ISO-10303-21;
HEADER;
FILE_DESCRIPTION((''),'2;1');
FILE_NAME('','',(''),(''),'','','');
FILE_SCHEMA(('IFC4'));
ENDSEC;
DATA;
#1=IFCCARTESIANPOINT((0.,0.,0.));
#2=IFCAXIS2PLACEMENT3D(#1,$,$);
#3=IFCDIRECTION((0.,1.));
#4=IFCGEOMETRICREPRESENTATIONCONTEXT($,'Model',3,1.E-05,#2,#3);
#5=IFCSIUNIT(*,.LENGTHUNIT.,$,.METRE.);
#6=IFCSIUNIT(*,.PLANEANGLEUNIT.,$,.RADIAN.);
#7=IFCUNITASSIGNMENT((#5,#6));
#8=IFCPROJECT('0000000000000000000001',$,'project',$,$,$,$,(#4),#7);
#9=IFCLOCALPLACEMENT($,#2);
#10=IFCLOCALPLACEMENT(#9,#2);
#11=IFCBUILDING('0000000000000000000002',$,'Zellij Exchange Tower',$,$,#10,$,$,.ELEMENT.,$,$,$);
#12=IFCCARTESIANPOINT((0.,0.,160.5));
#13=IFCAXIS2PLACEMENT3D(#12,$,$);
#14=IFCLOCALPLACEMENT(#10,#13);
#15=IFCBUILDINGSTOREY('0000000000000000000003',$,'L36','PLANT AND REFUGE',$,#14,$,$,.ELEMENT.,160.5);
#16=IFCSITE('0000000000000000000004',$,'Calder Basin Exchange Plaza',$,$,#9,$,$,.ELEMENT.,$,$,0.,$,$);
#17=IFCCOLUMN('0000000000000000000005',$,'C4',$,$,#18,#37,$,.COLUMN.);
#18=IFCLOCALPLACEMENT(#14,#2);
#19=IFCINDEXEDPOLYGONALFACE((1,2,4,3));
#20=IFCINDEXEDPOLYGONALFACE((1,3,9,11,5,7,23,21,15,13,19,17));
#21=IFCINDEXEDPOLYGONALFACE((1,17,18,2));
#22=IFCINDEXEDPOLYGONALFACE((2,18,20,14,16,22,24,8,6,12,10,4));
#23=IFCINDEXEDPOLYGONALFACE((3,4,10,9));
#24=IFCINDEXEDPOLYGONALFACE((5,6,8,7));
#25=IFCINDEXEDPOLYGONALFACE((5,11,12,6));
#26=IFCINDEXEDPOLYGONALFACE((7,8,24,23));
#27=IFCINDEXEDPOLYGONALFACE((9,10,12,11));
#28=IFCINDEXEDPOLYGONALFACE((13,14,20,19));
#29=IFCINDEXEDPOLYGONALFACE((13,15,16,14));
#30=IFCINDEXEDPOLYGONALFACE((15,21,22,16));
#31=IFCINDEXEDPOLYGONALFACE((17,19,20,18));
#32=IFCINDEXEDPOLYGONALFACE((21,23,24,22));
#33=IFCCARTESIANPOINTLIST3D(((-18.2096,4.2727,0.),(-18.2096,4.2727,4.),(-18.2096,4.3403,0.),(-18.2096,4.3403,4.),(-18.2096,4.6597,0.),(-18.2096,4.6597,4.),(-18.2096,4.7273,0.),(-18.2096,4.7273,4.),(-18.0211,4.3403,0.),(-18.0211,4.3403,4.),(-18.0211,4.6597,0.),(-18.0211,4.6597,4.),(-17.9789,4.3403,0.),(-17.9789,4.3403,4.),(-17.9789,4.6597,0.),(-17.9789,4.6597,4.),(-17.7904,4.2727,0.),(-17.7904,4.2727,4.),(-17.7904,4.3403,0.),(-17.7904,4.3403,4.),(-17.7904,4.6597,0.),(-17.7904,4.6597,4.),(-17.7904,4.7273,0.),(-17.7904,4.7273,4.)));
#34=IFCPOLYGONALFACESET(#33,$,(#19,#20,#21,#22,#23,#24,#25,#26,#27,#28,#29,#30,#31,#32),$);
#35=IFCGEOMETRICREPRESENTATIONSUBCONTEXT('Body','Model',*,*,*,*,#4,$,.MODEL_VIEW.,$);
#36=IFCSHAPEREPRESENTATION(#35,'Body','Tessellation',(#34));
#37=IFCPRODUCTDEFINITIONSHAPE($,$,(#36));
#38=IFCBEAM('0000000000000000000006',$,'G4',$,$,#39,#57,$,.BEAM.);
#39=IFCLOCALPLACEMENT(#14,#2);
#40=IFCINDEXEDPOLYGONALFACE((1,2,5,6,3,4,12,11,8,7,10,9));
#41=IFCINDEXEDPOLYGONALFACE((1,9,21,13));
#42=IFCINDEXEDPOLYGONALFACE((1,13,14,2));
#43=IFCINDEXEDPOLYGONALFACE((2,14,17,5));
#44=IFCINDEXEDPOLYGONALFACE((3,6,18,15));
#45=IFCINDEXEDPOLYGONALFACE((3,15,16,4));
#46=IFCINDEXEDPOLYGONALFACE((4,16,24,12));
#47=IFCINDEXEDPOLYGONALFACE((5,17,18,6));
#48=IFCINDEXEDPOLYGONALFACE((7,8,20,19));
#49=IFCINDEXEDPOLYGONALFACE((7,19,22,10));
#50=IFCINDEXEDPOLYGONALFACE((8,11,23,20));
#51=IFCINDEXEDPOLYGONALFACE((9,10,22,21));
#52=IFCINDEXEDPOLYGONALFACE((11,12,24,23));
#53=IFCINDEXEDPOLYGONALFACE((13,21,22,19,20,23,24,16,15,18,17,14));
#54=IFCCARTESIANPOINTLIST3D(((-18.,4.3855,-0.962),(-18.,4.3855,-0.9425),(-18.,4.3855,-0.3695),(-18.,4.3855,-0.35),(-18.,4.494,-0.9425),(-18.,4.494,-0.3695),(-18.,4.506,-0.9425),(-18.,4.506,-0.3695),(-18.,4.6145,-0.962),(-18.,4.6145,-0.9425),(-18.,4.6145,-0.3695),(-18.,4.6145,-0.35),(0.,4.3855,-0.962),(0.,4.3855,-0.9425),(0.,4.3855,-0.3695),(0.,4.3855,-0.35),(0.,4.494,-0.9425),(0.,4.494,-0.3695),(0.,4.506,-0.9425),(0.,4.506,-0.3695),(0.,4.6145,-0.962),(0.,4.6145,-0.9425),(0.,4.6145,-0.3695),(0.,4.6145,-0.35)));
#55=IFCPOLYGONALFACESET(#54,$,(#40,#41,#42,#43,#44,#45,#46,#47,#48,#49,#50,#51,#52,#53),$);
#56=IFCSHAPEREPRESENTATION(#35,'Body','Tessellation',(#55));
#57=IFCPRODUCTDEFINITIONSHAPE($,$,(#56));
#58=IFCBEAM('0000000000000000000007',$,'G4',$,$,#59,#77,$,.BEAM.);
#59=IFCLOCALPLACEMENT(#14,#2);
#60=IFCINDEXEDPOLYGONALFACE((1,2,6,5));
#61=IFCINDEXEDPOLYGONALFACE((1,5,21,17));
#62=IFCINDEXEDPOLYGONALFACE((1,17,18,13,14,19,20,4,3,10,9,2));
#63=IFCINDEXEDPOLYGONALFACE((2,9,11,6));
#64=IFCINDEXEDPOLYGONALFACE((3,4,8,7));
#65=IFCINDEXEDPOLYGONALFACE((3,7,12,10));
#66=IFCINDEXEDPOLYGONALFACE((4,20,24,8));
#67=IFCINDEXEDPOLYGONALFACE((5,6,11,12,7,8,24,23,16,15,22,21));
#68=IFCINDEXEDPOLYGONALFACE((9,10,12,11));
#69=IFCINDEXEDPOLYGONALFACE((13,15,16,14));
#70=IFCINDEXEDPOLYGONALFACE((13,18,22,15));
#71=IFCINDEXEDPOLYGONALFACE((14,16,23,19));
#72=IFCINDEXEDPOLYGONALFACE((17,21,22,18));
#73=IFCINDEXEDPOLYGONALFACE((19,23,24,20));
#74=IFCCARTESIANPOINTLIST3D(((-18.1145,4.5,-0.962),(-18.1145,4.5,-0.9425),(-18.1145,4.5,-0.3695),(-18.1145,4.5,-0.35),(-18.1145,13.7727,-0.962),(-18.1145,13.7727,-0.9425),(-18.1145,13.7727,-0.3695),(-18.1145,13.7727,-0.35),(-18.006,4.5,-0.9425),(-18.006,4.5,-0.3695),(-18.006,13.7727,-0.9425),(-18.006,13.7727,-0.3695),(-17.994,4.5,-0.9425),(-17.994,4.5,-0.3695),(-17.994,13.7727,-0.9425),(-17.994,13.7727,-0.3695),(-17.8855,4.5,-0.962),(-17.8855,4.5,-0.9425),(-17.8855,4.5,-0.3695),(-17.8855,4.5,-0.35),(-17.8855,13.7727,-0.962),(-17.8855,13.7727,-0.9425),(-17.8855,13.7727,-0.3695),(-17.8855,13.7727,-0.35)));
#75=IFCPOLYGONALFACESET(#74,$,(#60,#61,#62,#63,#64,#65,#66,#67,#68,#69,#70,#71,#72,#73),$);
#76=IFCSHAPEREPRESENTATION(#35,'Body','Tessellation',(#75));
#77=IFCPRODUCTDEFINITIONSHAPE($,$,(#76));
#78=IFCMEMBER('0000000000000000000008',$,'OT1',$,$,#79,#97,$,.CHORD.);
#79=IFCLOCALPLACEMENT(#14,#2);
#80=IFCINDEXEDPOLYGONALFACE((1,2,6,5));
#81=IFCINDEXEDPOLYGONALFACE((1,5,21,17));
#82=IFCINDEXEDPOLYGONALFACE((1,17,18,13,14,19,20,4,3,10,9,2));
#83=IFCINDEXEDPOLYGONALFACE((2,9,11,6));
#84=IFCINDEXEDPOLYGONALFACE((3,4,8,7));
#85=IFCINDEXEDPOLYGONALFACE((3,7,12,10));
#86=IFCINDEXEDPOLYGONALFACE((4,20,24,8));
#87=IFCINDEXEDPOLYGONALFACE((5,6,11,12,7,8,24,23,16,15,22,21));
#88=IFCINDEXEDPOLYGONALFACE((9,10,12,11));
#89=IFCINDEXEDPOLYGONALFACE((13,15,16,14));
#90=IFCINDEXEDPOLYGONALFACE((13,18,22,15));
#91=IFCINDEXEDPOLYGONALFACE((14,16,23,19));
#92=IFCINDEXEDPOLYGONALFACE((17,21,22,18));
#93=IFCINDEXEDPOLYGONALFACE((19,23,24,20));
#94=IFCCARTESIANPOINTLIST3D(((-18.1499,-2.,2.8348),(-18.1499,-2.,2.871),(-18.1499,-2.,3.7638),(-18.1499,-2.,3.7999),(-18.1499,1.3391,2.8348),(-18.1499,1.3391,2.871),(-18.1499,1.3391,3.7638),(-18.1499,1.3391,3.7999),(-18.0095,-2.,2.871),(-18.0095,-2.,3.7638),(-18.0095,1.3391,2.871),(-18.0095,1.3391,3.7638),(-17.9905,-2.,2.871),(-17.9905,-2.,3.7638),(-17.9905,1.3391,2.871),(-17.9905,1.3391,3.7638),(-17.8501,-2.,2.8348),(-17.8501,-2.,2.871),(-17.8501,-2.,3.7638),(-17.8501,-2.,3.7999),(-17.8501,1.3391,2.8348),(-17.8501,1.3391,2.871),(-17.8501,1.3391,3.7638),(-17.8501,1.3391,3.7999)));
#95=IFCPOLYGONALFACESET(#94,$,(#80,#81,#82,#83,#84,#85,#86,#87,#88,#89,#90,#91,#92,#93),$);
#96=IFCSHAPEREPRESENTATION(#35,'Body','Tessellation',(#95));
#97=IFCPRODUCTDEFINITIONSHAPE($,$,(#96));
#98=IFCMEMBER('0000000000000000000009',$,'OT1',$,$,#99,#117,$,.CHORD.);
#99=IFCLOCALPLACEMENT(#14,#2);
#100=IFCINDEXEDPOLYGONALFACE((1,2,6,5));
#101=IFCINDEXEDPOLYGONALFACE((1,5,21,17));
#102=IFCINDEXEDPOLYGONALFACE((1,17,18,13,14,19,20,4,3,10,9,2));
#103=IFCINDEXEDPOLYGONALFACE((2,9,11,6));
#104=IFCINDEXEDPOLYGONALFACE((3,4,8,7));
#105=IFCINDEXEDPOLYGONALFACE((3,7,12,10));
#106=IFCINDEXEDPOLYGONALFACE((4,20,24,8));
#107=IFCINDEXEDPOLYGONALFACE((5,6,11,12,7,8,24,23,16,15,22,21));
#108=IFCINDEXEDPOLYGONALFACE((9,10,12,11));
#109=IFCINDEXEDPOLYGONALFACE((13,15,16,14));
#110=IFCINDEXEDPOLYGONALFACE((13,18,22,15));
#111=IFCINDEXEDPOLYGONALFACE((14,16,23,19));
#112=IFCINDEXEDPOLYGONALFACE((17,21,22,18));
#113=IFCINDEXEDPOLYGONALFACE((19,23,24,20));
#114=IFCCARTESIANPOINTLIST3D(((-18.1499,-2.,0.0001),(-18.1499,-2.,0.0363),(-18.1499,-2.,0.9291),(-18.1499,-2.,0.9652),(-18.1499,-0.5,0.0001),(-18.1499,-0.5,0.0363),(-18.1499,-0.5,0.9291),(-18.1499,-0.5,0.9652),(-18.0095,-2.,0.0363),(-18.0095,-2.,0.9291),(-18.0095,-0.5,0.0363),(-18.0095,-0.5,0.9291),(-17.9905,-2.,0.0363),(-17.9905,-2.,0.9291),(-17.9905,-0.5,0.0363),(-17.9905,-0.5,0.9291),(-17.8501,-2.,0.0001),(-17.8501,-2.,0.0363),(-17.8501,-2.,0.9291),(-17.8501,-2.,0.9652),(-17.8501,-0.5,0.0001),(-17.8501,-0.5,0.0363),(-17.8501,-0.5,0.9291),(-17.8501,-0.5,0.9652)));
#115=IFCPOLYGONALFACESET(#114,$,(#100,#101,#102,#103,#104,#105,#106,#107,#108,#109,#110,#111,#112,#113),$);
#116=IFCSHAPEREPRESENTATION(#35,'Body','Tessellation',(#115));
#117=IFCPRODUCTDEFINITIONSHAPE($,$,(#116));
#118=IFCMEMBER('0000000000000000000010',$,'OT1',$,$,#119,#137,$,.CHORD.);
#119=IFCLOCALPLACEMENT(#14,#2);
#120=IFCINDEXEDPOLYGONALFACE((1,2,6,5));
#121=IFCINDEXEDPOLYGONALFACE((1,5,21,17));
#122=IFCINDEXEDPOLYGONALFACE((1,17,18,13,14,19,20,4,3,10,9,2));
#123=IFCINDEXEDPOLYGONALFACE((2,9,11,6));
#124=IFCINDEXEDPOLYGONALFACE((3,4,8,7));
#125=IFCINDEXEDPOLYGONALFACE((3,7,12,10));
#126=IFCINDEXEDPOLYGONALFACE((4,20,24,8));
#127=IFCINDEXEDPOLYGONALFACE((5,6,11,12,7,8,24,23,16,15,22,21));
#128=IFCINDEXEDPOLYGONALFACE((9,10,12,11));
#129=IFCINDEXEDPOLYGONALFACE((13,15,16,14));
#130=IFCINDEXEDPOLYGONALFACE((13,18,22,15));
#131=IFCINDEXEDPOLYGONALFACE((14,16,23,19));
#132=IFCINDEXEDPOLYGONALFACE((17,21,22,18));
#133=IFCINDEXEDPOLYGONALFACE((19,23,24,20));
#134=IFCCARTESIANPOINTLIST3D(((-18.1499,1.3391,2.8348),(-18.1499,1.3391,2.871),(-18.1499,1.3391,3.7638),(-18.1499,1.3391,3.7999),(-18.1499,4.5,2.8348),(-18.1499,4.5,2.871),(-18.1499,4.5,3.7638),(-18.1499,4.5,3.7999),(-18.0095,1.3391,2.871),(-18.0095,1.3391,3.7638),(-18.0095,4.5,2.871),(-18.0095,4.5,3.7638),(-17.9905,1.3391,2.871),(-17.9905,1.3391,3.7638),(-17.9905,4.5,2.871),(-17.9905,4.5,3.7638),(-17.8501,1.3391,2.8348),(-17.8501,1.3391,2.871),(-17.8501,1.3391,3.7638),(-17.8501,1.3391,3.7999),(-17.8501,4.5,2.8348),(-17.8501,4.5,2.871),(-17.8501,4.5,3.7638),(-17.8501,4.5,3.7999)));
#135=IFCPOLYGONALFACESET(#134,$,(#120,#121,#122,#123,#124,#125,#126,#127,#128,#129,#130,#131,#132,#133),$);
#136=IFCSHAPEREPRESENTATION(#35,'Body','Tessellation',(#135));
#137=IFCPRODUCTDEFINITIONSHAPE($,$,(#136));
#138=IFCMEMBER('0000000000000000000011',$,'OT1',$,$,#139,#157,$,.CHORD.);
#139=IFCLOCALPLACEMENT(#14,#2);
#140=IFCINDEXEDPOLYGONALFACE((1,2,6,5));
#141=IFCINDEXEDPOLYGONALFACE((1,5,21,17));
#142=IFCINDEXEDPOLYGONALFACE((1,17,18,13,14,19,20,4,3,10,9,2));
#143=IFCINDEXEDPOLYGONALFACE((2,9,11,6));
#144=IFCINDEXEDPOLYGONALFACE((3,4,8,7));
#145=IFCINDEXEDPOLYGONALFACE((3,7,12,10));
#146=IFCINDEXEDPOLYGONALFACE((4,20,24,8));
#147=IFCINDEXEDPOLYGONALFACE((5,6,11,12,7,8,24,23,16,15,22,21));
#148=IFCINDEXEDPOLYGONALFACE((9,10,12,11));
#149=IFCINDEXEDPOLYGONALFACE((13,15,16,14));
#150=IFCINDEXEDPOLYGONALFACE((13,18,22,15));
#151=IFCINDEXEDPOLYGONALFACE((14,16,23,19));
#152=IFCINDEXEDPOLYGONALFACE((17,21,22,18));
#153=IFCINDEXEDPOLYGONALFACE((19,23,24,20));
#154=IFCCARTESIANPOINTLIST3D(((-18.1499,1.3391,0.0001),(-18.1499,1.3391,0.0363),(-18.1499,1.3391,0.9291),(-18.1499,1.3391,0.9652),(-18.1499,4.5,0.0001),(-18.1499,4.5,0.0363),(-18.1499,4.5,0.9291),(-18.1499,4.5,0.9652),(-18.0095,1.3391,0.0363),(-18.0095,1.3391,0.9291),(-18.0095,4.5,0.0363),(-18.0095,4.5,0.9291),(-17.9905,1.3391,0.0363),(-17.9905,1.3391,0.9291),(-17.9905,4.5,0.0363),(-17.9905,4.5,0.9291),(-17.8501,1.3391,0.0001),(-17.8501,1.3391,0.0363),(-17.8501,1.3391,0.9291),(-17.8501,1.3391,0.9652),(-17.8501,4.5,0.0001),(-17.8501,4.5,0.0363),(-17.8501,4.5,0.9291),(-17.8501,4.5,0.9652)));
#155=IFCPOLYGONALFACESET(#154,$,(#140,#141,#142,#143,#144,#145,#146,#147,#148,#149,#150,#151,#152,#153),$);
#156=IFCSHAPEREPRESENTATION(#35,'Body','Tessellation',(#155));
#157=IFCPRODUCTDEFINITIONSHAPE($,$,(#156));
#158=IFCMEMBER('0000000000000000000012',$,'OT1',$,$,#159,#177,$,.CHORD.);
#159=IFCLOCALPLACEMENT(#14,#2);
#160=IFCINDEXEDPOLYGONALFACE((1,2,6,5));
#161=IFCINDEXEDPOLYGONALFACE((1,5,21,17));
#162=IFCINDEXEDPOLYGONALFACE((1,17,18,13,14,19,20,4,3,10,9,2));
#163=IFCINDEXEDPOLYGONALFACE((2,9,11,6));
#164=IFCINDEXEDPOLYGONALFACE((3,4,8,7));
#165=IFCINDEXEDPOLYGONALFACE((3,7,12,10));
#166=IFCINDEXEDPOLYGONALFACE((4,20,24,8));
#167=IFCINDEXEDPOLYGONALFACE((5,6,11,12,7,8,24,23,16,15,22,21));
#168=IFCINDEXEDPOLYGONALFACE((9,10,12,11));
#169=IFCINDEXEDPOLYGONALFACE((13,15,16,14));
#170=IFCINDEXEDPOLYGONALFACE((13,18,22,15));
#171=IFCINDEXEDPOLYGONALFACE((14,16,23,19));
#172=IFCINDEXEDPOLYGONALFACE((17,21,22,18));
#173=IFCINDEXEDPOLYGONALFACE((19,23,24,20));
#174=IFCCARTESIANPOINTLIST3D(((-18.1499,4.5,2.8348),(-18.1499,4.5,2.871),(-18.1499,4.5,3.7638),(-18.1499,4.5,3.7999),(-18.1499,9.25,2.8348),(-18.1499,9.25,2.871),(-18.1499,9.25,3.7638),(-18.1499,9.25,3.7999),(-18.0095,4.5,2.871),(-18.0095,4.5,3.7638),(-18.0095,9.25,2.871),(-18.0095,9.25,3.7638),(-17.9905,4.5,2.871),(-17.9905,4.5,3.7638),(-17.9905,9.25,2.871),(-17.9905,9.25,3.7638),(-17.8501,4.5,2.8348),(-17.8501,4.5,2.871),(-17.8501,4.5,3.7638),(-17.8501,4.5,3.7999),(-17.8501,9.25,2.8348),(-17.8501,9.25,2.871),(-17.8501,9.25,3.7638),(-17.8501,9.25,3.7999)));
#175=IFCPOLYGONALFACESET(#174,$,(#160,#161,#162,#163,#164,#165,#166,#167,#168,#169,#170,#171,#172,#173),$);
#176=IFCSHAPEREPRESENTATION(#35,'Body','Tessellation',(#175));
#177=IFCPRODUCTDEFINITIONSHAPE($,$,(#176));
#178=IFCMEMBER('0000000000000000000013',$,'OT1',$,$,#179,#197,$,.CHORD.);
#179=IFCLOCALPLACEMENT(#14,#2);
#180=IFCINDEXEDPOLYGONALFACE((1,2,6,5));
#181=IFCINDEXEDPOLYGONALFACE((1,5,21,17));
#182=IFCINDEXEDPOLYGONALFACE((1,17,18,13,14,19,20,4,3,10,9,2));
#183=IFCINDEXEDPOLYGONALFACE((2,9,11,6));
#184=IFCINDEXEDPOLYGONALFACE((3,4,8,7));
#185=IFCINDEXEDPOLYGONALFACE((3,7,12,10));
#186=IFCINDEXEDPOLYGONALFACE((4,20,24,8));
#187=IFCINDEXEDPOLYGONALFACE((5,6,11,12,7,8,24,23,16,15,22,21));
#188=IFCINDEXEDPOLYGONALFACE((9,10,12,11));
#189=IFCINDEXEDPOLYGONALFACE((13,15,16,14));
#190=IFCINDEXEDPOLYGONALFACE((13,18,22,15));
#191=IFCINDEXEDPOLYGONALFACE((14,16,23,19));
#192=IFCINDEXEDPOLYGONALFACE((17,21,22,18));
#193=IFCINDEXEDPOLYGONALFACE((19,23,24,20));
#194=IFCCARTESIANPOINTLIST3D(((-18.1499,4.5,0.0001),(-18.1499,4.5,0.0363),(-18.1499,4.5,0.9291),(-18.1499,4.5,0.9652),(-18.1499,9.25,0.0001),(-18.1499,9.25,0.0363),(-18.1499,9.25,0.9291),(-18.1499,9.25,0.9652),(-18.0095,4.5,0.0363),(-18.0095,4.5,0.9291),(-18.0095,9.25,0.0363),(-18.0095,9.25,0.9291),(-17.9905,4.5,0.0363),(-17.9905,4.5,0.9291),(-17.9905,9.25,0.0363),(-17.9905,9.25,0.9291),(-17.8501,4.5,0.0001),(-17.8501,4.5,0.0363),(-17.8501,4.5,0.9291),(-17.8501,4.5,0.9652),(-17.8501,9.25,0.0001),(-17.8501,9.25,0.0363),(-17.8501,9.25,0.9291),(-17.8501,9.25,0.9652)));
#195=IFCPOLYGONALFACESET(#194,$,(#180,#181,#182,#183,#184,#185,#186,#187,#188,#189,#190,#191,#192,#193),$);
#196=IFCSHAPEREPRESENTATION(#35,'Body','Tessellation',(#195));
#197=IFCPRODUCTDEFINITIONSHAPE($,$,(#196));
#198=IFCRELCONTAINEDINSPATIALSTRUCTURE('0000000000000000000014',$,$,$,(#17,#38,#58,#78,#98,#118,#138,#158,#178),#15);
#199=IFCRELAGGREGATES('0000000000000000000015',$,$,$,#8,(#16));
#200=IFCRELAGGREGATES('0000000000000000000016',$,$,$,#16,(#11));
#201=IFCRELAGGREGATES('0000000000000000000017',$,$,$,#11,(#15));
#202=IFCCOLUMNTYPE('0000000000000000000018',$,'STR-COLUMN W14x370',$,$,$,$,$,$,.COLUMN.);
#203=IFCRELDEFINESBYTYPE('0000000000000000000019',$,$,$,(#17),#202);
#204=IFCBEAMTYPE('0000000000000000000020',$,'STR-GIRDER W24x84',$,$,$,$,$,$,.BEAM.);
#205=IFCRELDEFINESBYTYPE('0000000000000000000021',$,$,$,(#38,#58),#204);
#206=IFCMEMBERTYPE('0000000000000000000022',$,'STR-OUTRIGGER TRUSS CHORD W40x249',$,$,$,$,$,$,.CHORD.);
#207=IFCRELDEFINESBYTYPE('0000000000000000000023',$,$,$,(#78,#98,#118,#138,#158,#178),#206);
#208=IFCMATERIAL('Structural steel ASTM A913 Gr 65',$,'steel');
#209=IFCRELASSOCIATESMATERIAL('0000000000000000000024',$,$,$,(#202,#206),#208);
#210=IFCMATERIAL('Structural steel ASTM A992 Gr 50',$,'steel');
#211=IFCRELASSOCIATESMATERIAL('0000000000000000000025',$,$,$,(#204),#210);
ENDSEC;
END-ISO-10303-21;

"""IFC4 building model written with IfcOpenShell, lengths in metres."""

from ifc_helpers import new_model, si_unit, direction, frame, origin, origin_2d, place, context, subcontext, project, spatial, i_section, extrude, material, material_profile, profile_set, type_object, element, save


model = new_model("IFC4")

# Units and contexts
model_context = context("Model", 3, precision=1e-05, world=origin(), true_north=direction((0.0, 1.0)))
body_context = subcontext(model_context, "Body", "Model", "MODEL_VIEW")
ifc_project = project(units=[si_unit("LENGTHUNIT", "METRE"), si_unit("PLANEANGLEUNIT", "RADIAN")], contexts=[model_context])

# Site, building, storey
site_placement = place(None, origin())
site = spatial("IfcSite", under=ifc_project, at=site_placement, Name="Calder Basin Exchange Plaza", CompositionType="ELEMENT", RefElevation=0.0)
building_placement = place(site_placement, origin())
building = spatial("IfcBuilding", under=site, at=building_placement, Name="Zellij Exchange Tower", CompositionType="ELEMENT")
storey_placement = place(building_placement, frame((0.0, 0.0, 160.5)))
storey = spatial("IfcBuildingStorey", under=building, at=storey_placement, Name="L36", Description="PLANT AND REFUGE", CompositionType="ELEMENT", Elevation=160.5)

# Column
ifc_material_1 = material(Name="Structural steel ASTM A913 Gr 65", Category="steel")
ifc_material_profile_1 = material_profile(ifc_material_1, i_section(OverallWidth=0.4192, OverallDepth=0.4546, WebThickness=0.0422, FlangeThickness=0.0676, at=origin_2d()), Name="W14x370")
ifc_profile_set_1 = profile_set([ifc_material_profile_1], Name="Structural steel ASTM A913 Gr 65")
column_type = type_object("IfcColumnType", Name="STR-COLUMN W14x370", PredefinedType="COLUMN", material=ifc_profile_set_1)
column_placement = place(storey_placement, frame((-18.0, 4.5, 0.0), z_axis=(0.0, 0.0, 1.0), x_axis=(1.0, 0.0, 0.0)))
element("IfcColumn", 1, at=column_placement, inside=storey, type_object=column_type, Name="C4", PredefinedType="COLUMN", context=body_context, shape_type="SweptSolid", body=[
    extrude(i_section(OverallWidth=0.4192, OverallDepth=0.4546, WebThickness=0.0422, FlangeThickness=0.0676, at=origin_2d()), origin(), (0.0, 0.0, 1.0), 4.0),
])

# Beams
ifc_material_2 = material(Name="Structural steel ASTM A992 Gr 50", Category="steel")
ifc_material_profile_2 = material_profile(ifc_material_2, i_section(OverallWidth=0.229, OverallDepth=0.6121, WebThickness=0.012, FlangeThickness=0.0195, at=origin_2d()), Name="W24x84")
ifc_profile_set_2 = profile_set([ifc_material_profile_2], Name="Structural steel ASTM A992 Gr 50")
beam_type = type_object("IfcBeamType", Name="STR-GIRDER W24x84", PredefinedType="BEAM", material=ifc_profile_set_2)
beam_1_placement = place(storey_placement, frame((-18.0, 4.5, -0.656), z_axis=(1.0, 0.0, 0.0), x_axis=(0.0, 1.0, 0.0)))
element("IfcBeam", 2, at=beam_1_placement, inside=storey, type_object=beam_type, Name="G4", PredefinedType="BEAM", context=body_context, shape_type="SweptSolid", body=[
    extrude(i_section(OverallWidth=0.229, OverallDepth=0.6121, WebThickness=0.012, FlangeThickness=0.0195, at=origin_2d()), origin(), (0.0, 0.0, 1.0), 18.0),
])
beam_2_placement = place(storey_placement, frame((-18.0, 4.5, -0.656), z_axis=(0.0, 1.0, 0.0), x_axis=(-1.0, 0.0, 0.0)))
element("IfcBeam", 3, at=beam_2_placement, inside=storey, type_object=beam_type, Name="G4", PredefinedType="BEAM", context=body_context, shape_type="SweptSolid", body=[
    extrude(i_section(OverallWidth=0.229, OverallDepth=0.6121, WebThickness=0.012, FlangeThickness=0.0195, at=origin_2d()), origin(), (0.0, 0.0, 1.0), 9.2727),
])

# Members
ifc_material_profile_3 = material_profile(ifc_material_1, i_section(OverallWidth=0.2998, OverallDepth=0.9651, WebThickness=0.019, FlangeThickness=0.0361, at=origin_2d()), Name="W40x249")
ifc_profile_set_3 = profile_set([ifc_material_profile_3], Name="Structural steel ASTM A913 Gr 65")
member_type_1 = type_object("IfcMemberType", Name="STR-OUTRIGGER TRUSS CHORD W40x249", PredefinedType="CHORD", material=ifc_profile_set_3)
member_1_placement = place(storey_placement, frame((-18.0, -2.0, 3.3174), z_axis=(0.0, 1.0, 0.0), x_axis=(-1.0, 0.0, 0.0)))
element("IfcMember", 4, at=member_1_placement, inside=storey, type_object=member_type_1, Name="OT1", PredefinedType="CHORD", context=body_context, shape_type="SweptSolid", body=[
    extrude(i_section(OverallWidth=0.2998, OverallDepth=0.9651, WebThickness=0.019, FlangeThickness=0.0361, at=origin_2d()), origin(), (0.0, 0.0, 1.0), 3.3391),
])
member_2_placement = place(storey_placement, frame((-18.0, -2.0, 0.4827), z_axis=(0.0, 1.0, 0.0), x_axis=(-1.0, 0.0, 0.0)))
element("IfcMember", 5, at=member_2_placement, inside=storey, type_object=member_type_1, Name="OT1", PredefinedType="CHORD", context=body_context, shape_type="SweptSolid", body=[
    extrude(i_section(OverallWidth=0.2998, OverallDepth=0.9651, WebThickness=0.019, FlangeThickness=0.0361, at=origin_2d()), origin(), (0.0, 0.0, 1.0), 1.5),
])
for number, where, z_axis, x_axis, name in (
    (6, (-18.0, 1.3391, 3.3174), (0.0, 1.0, 0.0), (-1.0, 0.0, 0.0), "OT1"),
    (7, (-18.0, 1.3391, 0.4827), (0.0, 1.0, 0.0), (-1.0, 0.0, 0.0), "OT1"),
):
    element("IfcMember", number, at=place(storey_placement, frame(where, z_axis=z_axis, x_axis=x_axis)), inside=storey, type_object=member_type_1, Name=name, PredefinedType="CHORD", context=body_context, shape_type="SweptSolid", body=[
        extrude(i_section(OverallWidth=0.2998, OverallDepth=0.9651, WebThickness=0.019, FlangeThickness=0.0361, at=origin_2d()), origin(), (0.0, 0.0, 1.0), 3.1609),
    ])
for number, where, z_axis, x_axis, name in (
    (8, (-18.0, 4.5, 3.3174), (0.0, 1.0, 0.0), (-1.0, 0.0, 0.0), "OT1"),
    (9, (-18.0, 4.5, 0.4827), (0.0, 1.0, 0.0), (-1.0, 0.0, 0.0), "OT1"),
):
    element("IfcMember", number, at=place(storey_placement, frame(where, z_axis=z_axis, x_axis=x_axis)), inside=storey, type_object=member_type_1, Name=name, PredefinedType="CHORD", context=body_context, shape_type="SweptSolid", body=[
        extrude(i_section(OverallWidth=0.2998, OverallDepth=0.9651, WebThickness=0.019, FlangeThickness=0.0361, at=origin_2d()), origin(), (0.0, 0.0, 1.0), 4.75),
    ])

save(model, "model.ifc")
